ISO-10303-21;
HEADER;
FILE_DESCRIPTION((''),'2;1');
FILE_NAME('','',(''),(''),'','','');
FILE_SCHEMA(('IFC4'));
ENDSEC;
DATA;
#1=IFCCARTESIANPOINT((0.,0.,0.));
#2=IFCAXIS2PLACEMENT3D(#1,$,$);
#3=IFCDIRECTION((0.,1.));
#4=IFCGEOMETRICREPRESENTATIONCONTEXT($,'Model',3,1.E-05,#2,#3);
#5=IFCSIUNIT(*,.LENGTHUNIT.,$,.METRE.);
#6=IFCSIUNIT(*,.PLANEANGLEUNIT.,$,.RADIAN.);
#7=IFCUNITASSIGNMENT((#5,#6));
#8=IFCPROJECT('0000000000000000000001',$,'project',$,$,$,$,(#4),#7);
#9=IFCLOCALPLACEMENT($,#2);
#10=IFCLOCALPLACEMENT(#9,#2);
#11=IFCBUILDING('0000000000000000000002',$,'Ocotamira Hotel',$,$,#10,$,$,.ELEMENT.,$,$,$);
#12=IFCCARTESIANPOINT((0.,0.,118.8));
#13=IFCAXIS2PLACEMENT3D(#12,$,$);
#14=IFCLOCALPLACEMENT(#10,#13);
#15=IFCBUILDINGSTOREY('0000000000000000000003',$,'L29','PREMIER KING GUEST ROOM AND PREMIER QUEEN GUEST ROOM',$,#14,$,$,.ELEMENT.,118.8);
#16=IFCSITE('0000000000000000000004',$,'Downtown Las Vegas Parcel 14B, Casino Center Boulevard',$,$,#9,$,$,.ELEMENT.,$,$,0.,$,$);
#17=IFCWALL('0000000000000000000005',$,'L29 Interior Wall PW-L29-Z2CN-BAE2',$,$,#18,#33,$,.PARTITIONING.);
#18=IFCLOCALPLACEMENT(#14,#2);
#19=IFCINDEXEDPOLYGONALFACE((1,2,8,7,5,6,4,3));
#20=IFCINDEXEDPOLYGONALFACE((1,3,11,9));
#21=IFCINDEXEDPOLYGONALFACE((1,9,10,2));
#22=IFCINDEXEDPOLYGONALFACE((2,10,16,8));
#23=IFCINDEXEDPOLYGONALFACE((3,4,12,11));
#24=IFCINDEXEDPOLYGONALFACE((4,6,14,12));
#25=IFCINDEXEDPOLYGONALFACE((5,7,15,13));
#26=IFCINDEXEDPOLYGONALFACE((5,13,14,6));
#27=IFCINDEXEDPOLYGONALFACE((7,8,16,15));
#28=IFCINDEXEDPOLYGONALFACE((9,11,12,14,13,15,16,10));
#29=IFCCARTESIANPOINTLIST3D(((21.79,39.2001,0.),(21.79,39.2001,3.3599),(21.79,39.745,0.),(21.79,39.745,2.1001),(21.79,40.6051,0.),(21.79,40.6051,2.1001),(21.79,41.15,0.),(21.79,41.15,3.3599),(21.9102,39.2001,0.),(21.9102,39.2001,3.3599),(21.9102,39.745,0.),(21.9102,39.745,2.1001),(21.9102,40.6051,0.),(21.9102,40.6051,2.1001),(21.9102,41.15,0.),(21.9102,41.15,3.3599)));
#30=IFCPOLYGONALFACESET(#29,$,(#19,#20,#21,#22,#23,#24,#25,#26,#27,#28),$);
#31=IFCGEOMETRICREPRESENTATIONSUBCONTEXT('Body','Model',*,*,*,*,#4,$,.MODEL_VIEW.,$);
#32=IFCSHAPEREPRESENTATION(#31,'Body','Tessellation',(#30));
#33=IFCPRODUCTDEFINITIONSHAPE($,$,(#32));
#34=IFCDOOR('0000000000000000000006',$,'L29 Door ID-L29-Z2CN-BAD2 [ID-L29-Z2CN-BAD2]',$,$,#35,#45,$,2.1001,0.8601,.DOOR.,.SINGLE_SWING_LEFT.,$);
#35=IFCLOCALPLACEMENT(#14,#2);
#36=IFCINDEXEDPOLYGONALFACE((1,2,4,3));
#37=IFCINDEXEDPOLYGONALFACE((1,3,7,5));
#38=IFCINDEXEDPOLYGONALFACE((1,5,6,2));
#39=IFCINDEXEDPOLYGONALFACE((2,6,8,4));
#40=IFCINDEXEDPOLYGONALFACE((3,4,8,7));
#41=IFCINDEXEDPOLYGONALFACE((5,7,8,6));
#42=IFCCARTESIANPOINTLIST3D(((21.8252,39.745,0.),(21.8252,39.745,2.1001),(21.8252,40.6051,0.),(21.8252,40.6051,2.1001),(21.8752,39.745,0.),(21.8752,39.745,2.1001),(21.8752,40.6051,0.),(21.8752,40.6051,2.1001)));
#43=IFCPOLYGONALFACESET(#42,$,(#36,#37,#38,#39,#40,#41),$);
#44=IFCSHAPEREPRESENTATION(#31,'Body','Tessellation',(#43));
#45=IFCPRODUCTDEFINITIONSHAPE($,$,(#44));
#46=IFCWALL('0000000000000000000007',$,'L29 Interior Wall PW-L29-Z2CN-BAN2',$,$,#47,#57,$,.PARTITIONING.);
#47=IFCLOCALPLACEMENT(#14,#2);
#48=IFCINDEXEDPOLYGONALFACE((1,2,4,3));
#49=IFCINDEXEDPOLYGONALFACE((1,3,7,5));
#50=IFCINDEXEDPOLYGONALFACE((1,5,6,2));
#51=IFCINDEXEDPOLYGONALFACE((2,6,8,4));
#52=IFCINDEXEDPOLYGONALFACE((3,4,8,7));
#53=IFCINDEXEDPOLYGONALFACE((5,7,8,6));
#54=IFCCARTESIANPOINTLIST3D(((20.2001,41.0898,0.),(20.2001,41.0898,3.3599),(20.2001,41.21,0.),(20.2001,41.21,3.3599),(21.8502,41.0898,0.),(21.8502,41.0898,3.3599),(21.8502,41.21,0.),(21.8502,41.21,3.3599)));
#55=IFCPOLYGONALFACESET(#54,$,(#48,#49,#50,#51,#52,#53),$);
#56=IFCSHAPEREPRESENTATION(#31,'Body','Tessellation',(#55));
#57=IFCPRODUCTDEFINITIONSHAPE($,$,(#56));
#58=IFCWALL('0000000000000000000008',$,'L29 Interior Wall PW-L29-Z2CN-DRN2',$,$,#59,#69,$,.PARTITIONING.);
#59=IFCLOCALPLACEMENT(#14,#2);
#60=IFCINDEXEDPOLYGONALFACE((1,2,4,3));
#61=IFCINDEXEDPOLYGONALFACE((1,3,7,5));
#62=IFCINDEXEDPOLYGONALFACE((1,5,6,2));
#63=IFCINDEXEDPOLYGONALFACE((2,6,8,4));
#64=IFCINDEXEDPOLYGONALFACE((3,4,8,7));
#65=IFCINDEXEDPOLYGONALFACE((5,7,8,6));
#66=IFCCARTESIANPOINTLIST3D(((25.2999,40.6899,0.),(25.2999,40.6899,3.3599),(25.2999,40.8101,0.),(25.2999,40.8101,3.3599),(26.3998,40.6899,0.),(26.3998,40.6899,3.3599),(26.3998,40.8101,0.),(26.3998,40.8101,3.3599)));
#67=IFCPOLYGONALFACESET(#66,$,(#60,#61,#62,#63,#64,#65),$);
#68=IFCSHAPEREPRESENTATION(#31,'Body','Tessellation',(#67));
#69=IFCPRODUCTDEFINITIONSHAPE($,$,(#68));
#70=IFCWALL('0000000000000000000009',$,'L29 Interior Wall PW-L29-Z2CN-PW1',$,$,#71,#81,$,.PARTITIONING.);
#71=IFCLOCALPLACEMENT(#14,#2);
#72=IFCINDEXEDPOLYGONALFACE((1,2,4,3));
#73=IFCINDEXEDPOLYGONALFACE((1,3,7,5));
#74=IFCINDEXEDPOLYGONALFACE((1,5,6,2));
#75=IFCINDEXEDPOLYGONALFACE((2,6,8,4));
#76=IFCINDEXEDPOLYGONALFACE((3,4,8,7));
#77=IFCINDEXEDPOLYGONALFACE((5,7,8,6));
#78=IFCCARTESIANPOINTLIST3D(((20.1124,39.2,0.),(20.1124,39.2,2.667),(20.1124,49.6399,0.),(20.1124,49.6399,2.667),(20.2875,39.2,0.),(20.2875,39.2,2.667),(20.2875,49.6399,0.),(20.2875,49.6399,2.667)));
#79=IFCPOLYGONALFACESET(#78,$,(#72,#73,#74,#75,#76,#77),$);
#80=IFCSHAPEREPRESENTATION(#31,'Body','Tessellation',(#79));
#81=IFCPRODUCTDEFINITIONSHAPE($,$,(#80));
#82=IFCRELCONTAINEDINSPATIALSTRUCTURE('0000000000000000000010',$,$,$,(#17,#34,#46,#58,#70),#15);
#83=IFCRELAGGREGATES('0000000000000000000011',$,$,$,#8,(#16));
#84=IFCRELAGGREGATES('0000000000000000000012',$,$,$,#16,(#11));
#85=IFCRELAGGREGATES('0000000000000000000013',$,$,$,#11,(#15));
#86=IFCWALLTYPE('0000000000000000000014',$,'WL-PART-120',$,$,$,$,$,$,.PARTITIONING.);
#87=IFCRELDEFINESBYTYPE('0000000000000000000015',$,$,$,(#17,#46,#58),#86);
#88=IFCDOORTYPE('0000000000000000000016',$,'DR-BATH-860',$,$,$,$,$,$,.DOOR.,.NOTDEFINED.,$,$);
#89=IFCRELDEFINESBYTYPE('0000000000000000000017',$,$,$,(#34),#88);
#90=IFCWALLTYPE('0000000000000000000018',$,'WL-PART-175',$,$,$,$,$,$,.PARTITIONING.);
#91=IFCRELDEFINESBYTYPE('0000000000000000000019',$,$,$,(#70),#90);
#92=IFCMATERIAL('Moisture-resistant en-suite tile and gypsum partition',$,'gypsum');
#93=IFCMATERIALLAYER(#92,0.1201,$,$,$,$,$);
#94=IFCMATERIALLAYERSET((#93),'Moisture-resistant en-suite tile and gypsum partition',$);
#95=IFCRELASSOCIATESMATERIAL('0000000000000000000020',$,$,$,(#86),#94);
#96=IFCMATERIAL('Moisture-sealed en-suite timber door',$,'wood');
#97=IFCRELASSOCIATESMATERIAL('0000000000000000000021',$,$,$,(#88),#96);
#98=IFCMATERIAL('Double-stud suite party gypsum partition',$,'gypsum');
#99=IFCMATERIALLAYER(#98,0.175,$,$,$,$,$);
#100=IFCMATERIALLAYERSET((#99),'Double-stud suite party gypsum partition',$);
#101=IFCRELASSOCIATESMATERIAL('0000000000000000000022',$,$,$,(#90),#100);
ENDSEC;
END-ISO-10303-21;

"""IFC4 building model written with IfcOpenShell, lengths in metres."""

from ifc_helpers import new_model, si_unit, direction, frame, frame_2d, origin, place, context, subcontext, project, spatial, rectangle, extrude, source, transform, mapped, material, layer, layer_set, type_object, element, fill, save


model = new_model("IFC4")

# Units and contexts
model_context = context("Model", 3, precision=1e-05, world=origin(), true_north=direction((0.0, 1.0)))
body_context = subcontext(model_context, "Body", "Model", "MODEL_VIEW")
ifc_project = project(units=[si_unit("LENGTHUNIT", "METRE"), si_unit("PLANEANGLEUNIT", "RADIAN")], contexts=[model_context])

# Site, building, storey
site_placement = place(None, origin())
site = spatial("IfcSite", under=ifc_project, at=site_placement, Name="Downtown Las Vegas Parcel 14B, Casino Center Boulevard", CompositionType="ELEMENT", RefElevation=0.0)
building_placement = place(site_placement, origin())
building = spatial("IfcBuilding", under=site, at=building_placement, Name="Ocotamira Hotel", CompositionType="ELEMENT")
storey_placement = place(building_placement, frame((0.0, 0.0, 118.8)))
storey = spatial("IfcBuildingStorey", under=building, at=storey_placement, Name="L29", Description="PREMIER KING GUEST ROOM AND PREMIER QUEEN GUEST ROOM", CompositionType="ELEMENT", Elevation=118.8)

# Shared definitions
ifc_material_1 = material(Name="Moisture-resistant en-suite tile and gypsum partition", Category="gypsum")
ifc_layer_1 = layer(ifc_material_1, 0.1201)
ifc_layer_set_1 = layer_set([ifc_layer_1], Name="Moisture-resistant en-suite tile and gypsum partition")
wall_type_1 = type_object("IfcWallType", Name="WL-PART-120", PredefinedType="PARTITIONING", material=ifc_layer_set_1)
ifc_material_2 = material(Name="Moisture-sealed en-suite timber door", Category="wood")
door_type = type_object("IfcDoorType", Name="DR-BATH-860", OperationType="NOTDEFINED", PredefinedType="DOOR", material=ifc_material_2)
shared_shape_1 = source(origin(), body_context, "Body", "SweptSolid", [
    extrude(rectangle(XDim=0.8601, YDim=2.1001, at=frame_2d((0.4302, 1.05))), frame((0.0, 0.0249, 0.0), z_axis=(0.0, -1.0, 0.0), x_axis=(1.0, 0.0, 0.0)), (0.0, 0.0, 1.0), 0.05),
])

# Wall, opening, door
wall_1_placement = place(storey_placement, frame((21.8501, 39.2, 0.0), z_axis=(0.0, 0.0, 1.0), x_axis=(0.0, 1.0, 0.0)))
wall_1 = element("IfcWall", 1, at=wall_1_placement, inside=storey, type_object=wall_type_1, Name="L29 Interior Wall PW-L29-Z2CN-BAE2", PredefinedType="PARTITIONING", context=body_context, shape_type="SweptSolid", body=[
    extrude(rectangle(XDim=1.95, YDim=0.1201, at=frame_2d((0.9751, 0.0))), origin(), (0.0, 0.0, 1.0), 3.3599),
])
opening_1_placement = place(wall_1_placement, frame((0.5449, 0.0, 0.0)))
opening_1 = element("IfcOpeningElement", 2, at=opening_1_placement, cuts=wall_1, PredefinedType="OPENING", context=body_context, shape_type="SweptSolid", body=[
    extrude(rectangle(XDim=0.8601, YDim=2.1001, at=frame_2d((0.4302, 1.05))), frame((0.0, 0.0701, 0.0), z_axis=(0.0, -1.0, 0.0), x_axis=(1.0, 0.0, 0.0)), (0.0, 0.0, 1.0), 0.1401),
])
door_1_placement = place(opening_1_placement, origin())
door_1 = element("IfcDoor", 3, at=door_1_placement, inside=storey, type_object=door_type, Name="L29 Door ID-L29-Z2CN-BAD2 [ID-L29-Z2CN-BAD2]", OperationType="SINGLE_SWING_LEFT", OverallHeight=2.1001, OverallWidth=0.8601, PredefinedType="DOOR", context=body_context, shape_type="MappedRepresentation", body=[
    mapped(shared_shape_1, transform((0.0, 0.0, 0.0), scale=1.0)),
])
fill(opening_1, door_1)

# Walls
wall_2_placement = place(storey_placement, frame((20.2, 41.1499, 0.0), z_axis=(0.0, 0.0, 1.0), x_axis=(1.0, 0.0, 0.0)))
element("IfcWall", 4, at=wall_2_placement, inside=storey, type_object=wall_type_1, Name="L29 Interior Wall PW-L29-Z2CN-BAN2", PredefinedType="PARTITIONING", context=body_context, shape_type="SweptSolid", body=[
    extrude(rectangle(XDim=1.6501, YDim=0.1201, at=frame_2d((0.8252, 0.0))), origin(), (0.0, 0.0, 1.0), 3.3599),
])
wall_3_placement = place(storey_placement, frame((25.3, 40.75, 0.0), z_axis=(0.0, 0.0, 1.0), x_axis=(1.0, 0.0, 0.0)))
element("IfcWall", 5, at=wall_3_placement, inside=storey, type_object=wall_type_1, Name="L29 Interior Wall PW-L29-Z2CN-DRN2", PredefinedType="PARTITIONING", context=body_context, shape_type="SweptSolid", body=[
    extrude(rectangle(XDim=1.0999, YDim=0.1201, at=frame_2d((0.5498, 0.0))), origin(), (0.0, 0.0, 1.0), 3.3599),
])
ifc_material_3 = material(Name="Double-stud suite party gypsum partition", Category="gypsum")
ifc_layer_2 = layer(ifc_material_3, 0.175)
ifc_layer_set_2 = layer_set([ifc_layer_2], Name="Double-stud suite party gypsum partition")
wall_type_2 = type_object("IfcWallType", Name="WL-PART-175", PredefinedType="PARTITIONING", material=ifc_layer_set_2)
wall_4_placement = place(storey_placement, frame((20.2, 39.2, 0.0), z_axis=(0.0, 0.0, 1.0), x_axis=(0.0, 1.0, 0.0)))
element("IfcWall", 6, at=wall_4_placement, inside=storey, type_object=wall_type_2, Name="L29 Interior Wall PW-L29-Z2CN-PW1", PredefinedType="PARTITIONING", context=body_context, shape_type="SweptSolid", body=[
    extrude(rectangle(XDim=10.4399, YDim=0.175, at=frame_2d((5.22, 0.0))), origin(), (0.0, 0.0, 1.0), 2.667),
])

save(model, "model.ifc")
